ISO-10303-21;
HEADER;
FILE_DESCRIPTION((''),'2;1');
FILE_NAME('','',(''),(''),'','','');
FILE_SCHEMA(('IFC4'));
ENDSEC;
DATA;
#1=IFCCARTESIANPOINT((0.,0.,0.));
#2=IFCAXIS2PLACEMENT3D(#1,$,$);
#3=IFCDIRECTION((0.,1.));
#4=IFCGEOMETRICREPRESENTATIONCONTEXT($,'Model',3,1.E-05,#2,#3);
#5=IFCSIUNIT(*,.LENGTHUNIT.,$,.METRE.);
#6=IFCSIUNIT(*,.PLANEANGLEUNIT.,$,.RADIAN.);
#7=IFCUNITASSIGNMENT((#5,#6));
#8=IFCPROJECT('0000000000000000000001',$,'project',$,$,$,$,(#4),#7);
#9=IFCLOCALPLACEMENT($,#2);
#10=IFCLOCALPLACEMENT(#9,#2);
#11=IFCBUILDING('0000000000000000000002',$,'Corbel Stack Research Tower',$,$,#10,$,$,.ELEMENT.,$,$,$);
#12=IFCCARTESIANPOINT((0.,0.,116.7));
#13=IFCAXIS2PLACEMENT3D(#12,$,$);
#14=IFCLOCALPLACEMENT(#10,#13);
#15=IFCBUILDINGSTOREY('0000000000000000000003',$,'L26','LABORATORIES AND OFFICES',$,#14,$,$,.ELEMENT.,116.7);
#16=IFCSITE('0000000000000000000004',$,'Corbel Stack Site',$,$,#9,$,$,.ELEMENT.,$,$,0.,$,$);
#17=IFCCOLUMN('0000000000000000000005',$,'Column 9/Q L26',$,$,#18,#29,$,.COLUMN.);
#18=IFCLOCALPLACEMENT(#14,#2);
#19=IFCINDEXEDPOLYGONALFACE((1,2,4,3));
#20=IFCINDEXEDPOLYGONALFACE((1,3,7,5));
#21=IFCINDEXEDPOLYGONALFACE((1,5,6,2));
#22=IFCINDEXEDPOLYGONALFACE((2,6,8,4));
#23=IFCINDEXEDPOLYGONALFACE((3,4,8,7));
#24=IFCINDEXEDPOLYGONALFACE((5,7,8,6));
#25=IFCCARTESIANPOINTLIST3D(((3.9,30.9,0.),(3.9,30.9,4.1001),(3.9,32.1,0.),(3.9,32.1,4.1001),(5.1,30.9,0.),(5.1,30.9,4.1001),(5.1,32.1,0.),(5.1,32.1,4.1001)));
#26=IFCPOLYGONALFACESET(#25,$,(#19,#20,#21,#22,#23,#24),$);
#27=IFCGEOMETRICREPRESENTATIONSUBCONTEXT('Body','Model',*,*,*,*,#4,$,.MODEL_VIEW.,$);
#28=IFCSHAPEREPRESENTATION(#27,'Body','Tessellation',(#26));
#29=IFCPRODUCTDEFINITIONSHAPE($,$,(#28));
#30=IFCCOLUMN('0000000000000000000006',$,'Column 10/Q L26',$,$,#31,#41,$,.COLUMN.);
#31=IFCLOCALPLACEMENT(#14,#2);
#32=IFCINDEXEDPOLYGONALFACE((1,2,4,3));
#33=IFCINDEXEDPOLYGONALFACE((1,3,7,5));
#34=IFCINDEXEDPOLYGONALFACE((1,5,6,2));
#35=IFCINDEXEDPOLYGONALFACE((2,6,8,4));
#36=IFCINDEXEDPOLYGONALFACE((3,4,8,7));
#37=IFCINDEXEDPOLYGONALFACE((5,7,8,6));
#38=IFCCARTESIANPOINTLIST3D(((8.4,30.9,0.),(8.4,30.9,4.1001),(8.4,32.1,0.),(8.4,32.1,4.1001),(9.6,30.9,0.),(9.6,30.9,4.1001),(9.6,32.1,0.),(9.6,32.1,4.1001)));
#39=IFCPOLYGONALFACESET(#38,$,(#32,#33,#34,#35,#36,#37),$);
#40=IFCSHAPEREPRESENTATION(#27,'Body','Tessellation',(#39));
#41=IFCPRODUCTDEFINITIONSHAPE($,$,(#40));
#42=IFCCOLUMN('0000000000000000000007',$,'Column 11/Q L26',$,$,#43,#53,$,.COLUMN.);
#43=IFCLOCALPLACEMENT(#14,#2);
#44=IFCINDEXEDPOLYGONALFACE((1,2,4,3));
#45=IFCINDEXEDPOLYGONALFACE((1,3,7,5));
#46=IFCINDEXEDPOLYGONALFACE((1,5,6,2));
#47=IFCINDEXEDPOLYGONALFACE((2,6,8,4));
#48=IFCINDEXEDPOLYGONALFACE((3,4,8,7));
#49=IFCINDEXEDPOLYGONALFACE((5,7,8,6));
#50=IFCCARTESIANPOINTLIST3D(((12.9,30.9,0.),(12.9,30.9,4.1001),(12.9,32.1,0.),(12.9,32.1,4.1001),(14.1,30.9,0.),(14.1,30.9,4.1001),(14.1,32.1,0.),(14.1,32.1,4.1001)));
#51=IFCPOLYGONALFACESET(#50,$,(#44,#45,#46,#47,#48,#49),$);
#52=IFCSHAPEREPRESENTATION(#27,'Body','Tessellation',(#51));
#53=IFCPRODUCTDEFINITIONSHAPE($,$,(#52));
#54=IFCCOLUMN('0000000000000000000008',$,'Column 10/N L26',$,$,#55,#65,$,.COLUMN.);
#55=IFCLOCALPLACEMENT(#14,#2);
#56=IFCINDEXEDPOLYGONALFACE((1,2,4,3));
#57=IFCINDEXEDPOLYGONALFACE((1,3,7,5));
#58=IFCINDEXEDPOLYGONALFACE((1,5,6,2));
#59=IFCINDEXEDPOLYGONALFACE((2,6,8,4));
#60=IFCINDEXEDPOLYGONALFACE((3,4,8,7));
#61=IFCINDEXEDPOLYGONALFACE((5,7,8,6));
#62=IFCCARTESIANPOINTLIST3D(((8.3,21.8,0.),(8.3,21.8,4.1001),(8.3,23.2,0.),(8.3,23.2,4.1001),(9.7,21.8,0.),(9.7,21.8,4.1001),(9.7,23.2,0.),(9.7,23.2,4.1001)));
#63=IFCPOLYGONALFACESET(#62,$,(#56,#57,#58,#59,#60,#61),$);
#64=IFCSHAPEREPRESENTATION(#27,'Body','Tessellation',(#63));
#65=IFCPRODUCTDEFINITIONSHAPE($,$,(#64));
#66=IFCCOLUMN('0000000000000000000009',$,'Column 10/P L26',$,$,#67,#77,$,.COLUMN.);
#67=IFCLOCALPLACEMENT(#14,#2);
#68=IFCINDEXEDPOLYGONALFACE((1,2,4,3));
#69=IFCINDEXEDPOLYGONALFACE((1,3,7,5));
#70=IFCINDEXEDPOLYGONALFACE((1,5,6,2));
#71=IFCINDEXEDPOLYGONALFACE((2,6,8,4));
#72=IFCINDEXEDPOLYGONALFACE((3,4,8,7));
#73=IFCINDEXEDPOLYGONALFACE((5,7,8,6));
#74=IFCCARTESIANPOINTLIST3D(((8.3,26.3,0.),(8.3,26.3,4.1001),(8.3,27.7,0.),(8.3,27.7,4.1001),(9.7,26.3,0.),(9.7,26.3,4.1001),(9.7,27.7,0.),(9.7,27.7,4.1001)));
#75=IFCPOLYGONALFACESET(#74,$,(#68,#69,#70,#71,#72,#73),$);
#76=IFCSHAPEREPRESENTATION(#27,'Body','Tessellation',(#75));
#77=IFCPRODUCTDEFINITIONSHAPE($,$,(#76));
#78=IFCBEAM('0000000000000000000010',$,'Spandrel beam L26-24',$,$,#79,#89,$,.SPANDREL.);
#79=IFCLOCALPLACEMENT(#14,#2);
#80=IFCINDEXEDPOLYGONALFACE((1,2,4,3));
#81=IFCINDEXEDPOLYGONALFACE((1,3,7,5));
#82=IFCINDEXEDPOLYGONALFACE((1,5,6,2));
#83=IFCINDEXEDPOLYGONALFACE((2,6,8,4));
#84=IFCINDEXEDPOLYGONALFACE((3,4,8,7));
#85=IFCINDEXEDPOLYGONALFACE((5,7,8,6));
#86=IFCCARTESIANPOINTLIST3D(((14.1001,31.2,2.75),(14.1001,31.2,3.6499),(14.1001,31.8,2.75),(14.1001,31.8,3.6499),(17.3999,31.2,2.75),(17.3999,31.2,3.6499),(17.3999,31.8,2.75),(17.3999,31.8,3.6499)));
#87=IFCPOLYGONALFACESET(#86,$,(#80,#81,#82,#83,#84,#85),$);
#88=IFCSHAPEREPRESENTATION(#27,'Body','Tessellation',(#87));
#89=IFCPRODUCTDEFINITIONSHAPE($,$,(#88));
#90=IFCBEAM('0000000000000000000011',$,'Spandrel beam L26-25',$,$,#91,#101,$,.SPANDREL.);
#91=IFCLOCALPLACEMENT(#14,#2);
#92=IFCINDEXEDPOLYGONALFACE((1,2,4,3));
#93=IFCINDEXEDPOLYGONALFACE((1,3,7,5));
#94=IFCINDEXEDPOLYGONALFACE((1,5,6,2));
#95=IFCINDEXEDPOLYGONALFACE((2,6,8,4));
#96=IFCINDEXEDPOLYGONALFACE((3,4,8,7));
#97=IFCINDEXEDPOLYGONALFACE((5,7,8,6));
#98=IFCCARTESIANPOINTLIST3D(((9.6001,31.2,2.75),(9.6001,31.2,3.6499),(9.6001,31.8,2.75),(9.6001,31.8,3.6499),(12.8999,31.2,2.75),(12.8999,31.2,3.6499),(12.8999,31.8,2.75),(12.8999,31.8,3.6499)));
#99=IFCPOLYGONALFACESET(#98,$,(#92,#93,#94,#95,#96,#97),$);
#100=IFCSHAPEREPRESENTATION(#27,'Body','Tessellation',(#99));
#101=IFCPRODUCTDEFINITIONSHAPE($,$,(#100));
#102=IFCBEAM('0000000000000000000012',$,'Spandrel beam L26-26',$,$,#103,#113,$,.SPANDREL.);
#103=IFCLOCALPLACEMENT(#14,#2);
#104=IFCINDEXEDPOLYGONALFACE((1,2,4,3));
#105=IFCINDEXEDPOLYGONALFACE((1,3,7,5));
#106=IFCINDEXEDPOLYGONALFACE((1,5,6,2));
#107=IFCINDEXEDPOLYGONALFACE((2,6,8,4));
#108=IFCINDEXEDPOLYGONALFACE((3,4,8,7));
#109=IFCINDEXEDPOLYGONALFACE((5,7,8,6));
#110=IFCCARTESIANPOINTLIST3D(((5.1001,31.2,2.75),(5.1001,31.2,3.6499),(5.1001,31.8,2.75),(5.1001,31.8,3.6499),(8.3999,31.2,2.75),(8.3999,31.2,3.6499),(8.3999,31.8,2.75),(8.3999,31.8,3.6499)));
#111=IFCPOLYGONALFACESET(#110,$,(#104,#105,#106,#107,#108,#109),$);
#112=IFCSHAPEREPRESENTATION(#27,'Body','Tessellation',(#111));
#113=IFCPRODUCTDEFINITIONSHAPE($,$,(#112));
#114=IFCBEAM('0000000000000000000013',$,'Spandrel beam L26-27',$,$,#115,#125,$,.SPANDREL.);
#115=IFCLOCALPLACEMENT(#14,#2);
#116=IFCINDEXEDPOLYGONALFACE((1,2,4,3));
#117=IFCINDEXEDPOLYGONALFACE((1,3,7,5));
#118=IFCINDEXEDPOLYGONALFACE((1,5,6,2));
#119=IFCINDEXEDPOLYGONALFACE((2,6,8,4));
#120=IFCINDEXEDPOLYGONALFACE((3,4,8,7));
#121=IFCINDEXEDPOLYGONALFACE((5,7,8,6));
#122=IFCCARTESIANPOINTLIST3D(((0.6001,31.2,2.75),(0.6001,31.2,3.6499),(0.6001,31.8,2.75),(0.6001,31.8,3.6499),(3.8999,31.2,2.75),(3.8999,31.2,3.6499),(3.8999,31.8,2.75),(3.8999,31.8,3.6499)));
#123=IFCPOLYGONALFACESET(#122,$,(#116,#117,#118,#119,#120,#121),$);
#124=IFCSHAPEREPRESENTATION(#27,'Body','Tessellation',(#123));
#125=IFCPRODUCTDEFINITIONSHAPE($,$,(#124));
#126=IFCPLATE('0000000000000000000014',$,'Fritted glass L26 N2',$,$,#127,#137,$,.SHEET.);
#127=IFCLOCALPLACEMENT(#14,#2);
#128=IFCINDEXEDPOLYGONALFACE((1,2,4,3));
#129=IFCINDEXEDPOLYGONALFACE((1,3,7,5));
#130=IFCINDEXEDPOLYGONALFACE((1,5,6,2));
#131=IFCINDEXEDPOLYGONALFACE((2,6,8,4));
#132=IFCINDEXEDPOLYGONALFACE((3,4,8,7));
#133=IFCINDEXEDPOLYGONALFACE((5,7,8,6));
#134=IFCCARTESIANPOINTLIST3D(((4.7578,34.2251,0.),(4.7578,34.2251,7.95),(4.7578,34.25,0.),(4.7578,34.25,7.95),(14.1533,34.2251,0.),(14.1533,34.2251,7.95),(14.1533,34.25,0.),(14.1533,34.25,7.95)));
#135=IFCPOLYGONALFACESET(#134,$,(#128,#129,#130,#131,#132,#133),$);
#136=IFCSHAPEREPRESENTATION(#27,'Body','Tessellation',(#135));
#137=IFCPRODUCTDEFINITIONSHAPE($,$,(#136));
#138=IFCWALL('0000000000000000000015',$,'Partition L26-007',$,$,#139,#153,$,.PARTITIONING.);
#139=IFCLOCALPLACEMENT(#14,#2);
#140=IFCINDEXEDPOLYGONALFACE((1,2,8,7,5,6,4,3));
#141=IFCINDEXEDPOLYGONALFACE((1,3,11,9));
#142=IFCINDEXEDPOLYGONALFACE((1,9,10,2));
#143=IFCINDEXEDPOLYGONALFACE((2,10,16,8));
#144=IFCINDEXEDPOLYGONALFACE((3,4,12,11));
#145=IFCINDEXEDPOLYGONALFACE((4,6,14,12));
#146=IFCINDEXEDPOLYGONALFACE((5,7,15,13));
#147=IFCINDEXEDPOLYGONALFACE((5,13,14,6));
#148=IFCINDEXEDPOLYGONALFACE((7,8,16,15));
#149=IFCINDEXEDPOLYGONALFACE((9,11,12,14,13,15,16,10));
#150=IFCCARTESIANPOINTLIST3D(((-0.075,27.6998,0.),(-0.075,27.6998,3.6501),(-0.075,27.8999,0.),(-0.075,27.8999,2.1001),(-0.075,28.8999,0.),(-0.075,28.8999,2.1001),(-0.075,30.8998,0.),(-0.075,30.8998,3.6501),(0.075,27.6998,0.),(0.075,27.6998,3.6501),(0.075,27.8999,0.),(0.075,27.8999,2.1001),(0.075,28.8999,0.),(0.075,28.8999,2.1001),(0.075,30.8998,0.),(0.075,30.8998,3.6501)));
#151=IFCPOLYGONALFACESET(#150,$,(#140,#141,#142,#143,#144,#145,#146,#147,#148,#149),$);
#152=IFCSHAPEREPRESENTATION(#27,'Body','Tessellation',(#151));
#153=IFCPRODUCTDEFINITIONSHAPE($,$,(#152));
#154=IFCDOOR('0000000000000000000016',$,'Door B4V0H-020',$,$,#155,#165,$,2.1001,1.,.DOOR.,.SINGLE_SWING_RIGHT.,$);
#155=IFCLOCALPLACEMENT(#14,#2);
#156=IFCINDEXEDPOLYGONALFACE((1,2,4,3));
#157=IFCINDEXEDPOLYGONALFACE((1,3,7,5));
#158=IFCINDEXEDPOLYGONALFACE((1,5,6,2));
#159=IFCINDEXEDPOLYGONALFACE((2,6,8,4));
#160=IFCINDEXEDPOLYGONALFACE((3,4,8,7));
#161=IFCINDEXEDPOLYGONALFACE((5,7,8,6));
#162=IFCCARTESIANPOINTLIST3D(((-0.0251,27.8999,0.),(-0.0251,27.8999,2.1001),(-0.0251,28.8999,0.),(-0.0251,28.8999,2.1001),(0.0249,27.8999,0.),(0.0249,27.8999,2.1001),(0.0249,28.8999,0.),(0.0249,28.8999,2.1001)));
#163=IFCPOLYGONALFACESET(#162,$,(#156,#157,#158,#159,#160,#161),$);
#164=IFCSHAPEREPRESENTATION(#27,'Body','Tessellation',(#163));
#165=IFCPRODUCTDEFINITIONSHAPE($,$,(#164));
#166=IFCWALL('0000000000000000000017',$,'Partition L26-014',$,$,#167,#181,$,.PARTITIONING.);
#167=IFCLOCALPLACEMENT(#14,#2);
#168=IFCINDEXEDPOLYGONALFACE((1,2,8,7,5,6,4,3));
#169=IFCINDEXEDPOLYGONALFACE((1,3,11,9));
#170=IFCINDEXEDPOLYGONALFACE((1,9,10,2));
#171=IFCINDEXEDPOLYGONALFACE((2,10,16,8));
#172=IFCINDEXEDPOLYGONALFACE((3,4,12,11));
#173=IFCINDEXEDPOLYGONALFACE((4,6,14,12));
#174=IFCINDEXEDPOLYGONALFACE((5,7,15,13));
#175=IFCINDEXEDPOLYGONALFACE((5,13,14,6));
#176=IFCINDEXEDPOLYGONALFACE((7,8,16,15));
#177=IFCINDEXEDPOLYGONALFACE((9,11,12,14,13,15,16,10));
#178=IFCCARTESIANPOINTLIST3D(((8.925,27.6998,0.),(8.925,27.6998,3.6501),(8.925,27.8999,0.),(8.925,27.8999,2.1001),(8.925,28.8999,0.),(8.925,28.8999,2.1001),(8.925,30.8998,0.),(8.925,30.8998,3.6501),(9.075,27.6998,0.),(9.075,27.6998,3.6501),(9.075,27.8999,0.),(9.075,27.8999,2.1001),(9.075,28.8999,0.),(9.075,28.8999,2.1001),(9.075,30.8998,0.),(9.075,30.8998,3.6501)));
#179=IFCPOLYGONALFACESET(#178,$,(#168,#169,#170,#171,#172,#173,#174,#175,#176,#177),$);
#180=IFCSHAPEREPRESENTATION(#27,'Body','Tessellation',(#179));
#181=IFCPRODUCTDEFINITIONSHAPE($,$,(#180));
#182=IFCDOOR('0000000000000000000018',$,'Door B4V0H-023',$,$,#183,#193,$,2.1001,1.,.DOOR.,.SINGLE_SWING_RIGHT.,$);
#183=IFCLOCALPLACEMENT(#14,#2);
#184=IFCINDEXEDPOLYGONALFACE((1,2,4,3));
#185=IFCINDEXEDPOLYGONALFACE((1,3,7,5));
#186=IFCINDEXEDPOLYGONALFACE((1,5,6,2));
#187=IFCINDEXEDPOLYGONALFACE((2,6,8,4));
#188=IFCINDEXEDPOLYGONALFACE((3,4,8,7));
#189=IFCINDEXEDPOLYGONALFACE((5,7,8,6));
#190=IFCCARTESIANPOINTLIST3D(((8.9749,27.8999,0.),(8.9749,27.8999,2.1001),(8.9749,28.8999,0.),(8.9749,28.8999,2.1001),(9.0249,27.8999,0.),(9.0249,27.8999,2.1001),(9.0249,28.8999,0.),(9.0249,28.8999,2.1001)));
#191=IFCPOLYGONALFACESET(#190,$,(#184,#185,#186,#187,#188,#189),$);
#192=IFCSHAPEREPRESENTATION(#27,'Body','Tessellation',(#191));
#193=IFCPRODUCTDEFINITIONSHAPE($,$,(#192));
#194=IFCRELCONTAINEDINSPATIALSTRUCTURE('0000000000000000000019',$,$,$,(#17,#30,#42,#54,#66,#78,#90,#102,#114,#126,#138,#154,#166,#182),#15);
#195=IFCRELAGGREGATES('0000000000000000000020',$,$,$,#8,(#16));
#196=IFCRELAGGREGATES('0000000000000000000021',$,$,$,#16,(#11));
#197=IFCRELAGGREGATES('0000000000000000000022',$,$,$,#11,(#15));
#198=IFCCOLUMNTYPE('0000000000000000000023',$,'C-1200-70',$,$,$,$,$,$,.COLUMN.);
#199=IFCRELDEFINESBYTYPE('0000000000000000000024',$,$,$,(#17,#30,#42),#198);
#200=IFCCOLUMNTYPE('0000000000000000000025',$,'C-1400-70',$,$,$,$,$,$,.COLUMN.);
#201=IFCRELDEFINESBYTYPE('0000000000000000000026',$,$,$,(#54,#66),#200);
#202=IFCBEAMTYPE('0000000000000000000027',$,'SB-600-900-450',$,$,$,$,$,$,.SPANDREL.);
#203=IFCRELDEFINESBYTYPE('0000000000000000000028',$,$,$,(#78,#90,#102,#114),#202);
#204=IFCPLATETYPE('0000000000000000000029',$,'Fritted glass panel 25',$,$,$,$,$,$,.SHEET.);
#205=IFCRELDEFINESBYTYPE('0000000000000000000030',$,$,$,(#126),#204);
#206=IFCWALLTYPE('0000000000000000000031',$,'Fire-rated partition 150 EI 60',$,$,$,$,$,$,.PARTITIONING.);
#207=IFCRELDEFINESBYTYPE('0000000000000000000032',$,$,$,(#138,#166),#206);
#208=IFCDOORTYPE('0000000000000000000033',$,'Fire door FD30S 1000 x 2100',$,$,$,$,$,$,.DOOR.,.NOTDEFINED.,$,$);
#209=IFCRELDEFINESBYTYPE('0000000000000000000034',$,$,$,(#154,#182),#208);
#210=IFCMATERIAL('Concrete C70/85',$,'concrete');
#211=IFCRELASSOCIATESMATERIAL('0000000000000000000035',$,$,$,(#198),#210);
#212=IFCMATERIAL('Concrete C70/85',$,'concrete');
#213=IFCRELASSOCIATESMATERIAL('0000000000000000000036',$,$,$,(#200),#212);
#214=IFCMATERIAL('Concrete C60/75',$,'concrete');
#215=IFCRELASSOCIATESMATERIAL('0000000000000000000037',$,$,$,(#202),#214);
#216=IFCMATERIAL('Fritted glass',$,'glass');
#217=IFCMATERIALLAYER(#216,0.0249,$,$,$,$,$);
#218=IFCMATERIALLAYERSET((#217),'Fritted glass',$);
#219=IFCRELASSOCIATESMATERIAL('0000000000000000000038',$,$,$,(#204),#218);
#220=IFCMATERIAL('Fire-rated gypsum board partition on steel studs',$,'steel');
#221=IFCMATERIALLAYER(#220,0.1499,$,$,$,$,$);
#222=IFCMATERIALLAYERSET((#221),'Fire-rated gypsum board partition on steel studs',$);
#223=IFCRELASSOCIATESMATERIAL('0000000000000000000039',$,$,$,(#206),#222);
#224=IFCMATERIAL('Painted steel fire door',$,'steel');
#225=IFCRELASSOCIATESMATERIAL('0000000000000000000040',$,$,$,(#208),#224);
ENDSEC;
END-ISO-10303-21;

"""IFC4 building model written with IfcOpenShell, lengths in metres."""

from ifc_helpers import new_model, si_unit, direction, frame, frame_2d, origin, origin_2d, place, context, subcontext, project, spatial, rectangle, extrude, material, layer, layer_set, material_profile, profile_set, type_object, element, fill, save


model = new_model("IFC4")

# Units and contexts
model_context = context("Model", 3, precision=1e-05, world=origin(), true_north=direction((0.0, 1.0)))
body_context = subcontext(model_context, "Body", "Model", "MODEL_VIEW")
ifc_project = project(units=[si_unit("LENGTHUNIT", "METRE"), si_unit("PLANEANGLEUNIT", "RADIAN")], contexts=[model_context])

# Site, building, storey
site_placement = place(None, origin())
site = spatial("IfcSite", under=ifc_project, at=site_placement, Name="Corbel Stack Site", CompositionType="ELEMENT", RefElevation=0.0)
building_placement = place(site_placement, origin())
building = spatial("IfcBuilding", under=site, at=building_placement, Name="Corbel Stack Research Tower", CompositionType="ELEMENT")
storey_placement = place(building_placement, frame((0.0, 0.0, 116.7)))
storey = spatial("IfcBuildingStorey", under=building, at=storey_placement, Name="L26", Description="LABORATORIES AND OFFICES", CompositionType="ELEMENT", Elevation=116.7)

# Columns
ifc_material_1 = material(Name="Concrete C70/85", Category="concrete")
ifc_material_profile_1 = material_profile(ifc_material_1, rectangle(XDim=1.2, YDim=1.2, at=origin_2d()), Name="RC 1200 x 1200")
ifc_profile_set_1 = profile_set([ifc_material_profile_1], Name="Concrete C70/85")
column_type_1 = type_object("IfcColumnType", Name="C-1200-70", PredefinedType="COLUMN", material=ifc_profile_set_1)
for number, where, z_axis, x_axis, name in (
    (1, (4.5, 31.5, 0.0), (0.0, 0.0, 1.0), (1.0, 0.0, 0.0), "Column 9/Q L26"),
    (2, (9.0, 31.5, 0.0), (0.0, 0.0, 1.0), (1.0, 0.0, 0.0), "Column 10/Q L26"),
    (3, (13.5, 31.5, 0.0), (0.0, 0.0, 1.0), (1.0, 0.0, 0.0), "Column 11/Q L26"),
):
    element("IfcColumn", number, at=place(storey_placement, frame(where, z_axis=z_axis, x_axis=x_axis)), inside=storey, type_object=column_type_1, Name=name, PredefinedType="COLUMN", context=body_context, shape_type="SweptSolid", body=[
        extrude(rectangle(XDim=1.2, YDim=1.2, at=origin_2d()), origin(), (0.0, 0.0, 1.0), 4.1001),
    ])
ifc_material_2 = material(Name="Concrete C70/85", Category="concrete")
ifc_material_profile_2 = material_profile(ifc_material_2, rectangle(XDim=1.3999, YDim=1.3999, at=origin_2d()), Name="RC 1400 x 1400")
ifc_profile_set_2 = profile_set([ifc_material_profile_2], Name="Concrete C70/85")
column_type_2 = type_object("IfcColumnType", Name="C-1400-70", PredefinedType="COLUMN", material=ifc_profile_set_2)
for number, where, z_axis, x_axis, name in (
    (4, (9.0, 22.5, 0.0), (0.0, 0.0, 1.0), (1.0, 0.0, 0.0), "Column 10/N L26"),
    (5, (9.0, 27.0, 0.0), (0.0, 0.0, 1.0), (1.0, 0.0, 0.0), "Column 10/P L26"),
):
    element("IfcColumn", number, at=place(storey_placement, frame(where, z_axis=z_axis, x_axis=x_axis)), inside=storey, type_object=column_type_2, Name=name, PredefinedType="COLUMN", context=body_context, shape_type="SweptSolid", body=[
        extrude(rectangle(XDim=1.3999, YDim=1.3999, at=origin_2d()), origin(), (0.0, 0.0, 1.0), 4.1001),
    ])

# Beams
ifc_material_3 = material(Name="Concrete C60/75", Category="concrete")
ifc_material_profile_3 = material_profile(ifc_material_3, rectangle(XDim=0.6001, YDim=0.8999, at=origin_2d()), Name="RC 600 x 900")
ifc_profile_set_3 = profile_set([ifc_material_profile_3], Name="Concrete C60/75")
beam_type = type_object("IfcBeamType", Name="SB-600-900-450", PredefinedType="SPANDREL", material=ifc_profile_set_3)
for number, where, z_axis, x_axis, name in (
    (6, (17.3999, 31.5, 3.2), (-1.0, 0.0, 0.0), (0.0, -1.0, 0.0), "Spandrel beam L26-24"),
    (7, (12.8999, 31.5, 3.2), (-1.0, 0.0, 0.0), (0.0, -1.0, 0.0), "Spandrel beam L26-25"),
    (8, (8.3999, 31.5, 3.2), (-1.0, 0.0, 0.0), (0.0, -1.0, 0.0), "Spandrel beam L26-26"),
    (9, (3.8999, 31.5, 3.2), (-1.0, 0.0, 0.0), (0.0, -1.0, 0.0), "Spandrel beam L26-27"),
):
    element("IfcBeam", number, at=place(storey_placement, frame(where, z_axis=z_axis, x_axis=x_axis)), inside=storey, type_object=beam_type, Name=name, PredefinedType="SPANDREL", context=body_context, shape_type="SweptSolid", body=[
        extrude(rectangle(XDim=0.6001, YDim=0.8999, at=origin_2d()), origin(), (0.0, 0.0, 1.0), 3.2998),
    ])

# Plate
ifc_material_4 = material(Name="Fritted glass", Category="glass")
ifc_layer_1 = layer(ifc_material_4, 0.0249)
ifc_layer_set_1 = layer_set([ifc_layer_1], Name="Fritted glass")
plate_type = type_object("IfcPlateType", Name="Fritted glass panel 25", PredefinedType="SHEET", material=ifc_layer_set_1)
plate_placement = place(storey_placement, frame((9.4556, 34.2375, 0.0), z_axis=(0.0, 0.0, 1.0), x_axis=(-1.0, 0.0, 0.0)))
element("IfcPlate", 10, at=plate_placement, inside=storey, type_object=plate_type, Name="Fritted glass L26 N2", PredefinedType="SHEET", context=body_context, shape_type="SweptSolid", body=[
    extrude(rectangle(XDim=9.3955, YDim=0.0249, at=origin_2d()), origin(), (0.0, 0.0, 1.0), 7.95),
])

# Walls, openings, doors
ifc_material_5 = material(Name="Fire-rated gypsum board partition on steel studs", Category="steel")
ifc_layer_2 = layer(ifc_material_5, 0.1499)
ifc_layer_set_2 = layer_set([ifc_layer_2], Name="Fire-rated gypsum board partition on steel studs")
wall_type_1 = type_object("IfcWallType", Name="Fire-rated partition 150 EI 60", PredefinedType="PARTITIONING", material=ifc_layer_set_2)
wall_1_placement = place(storey_placement, frame((0.0, 30.8999, 0.0), z_axis=(0.0, 0.0, 1.0), x_axis=(0.0, -1.0, 0.0)))
wall_1 = element("IfcWall", 11, at=wall_1_placement, inside=storey, type_object=wall_type_1, Name="Partition L26-007", PredefinedType="PARTITIONING", context=body_context, shape_type="SweptSolid", body=[
    extrude(rectangle(XDim=3.2, YDim=0.1499, at=frame_2d((1.6001, 0.0))), origin(), (0.0, 0.0, 1.0), 3.6501),
])
opening_1_placement = place(wall_1_placement, frame((2.0, 0.0, 0.0)))
opening_1 = element("IfcOpeningElement", 12, at=opening_1_placement, cuts=wall_1, PredefinedType="OPENING", context=body_context, shape_type="SweptSolid", body=[
    extrude(rectangle(XDim=1.0, YDim=2.1001, at=frame_2d((0.5, 1.05))), frame((0.0, 0.085, 0.0), z_axis=(0.0, -1.0, 0.0), x_axis=(1.0, 0.0, 0.0)), (0.0, 0.0, 1.0), 0.1699),
])
ifc_material_6 = material(Name="Painted steel fire door", Category="steel")
door_type_1 = type_object("IfcDoorType", Name="Fire door FD30S 1000 x 2100", OperationType="NOTDEFINED", PredefinedType="DOOR", material=ifc_material_6)
door_1_placement = place(opening_1_placement, origin())
door_1 = element("IfcDoor", 13, at=door_1_placement, inside=storey, type_object=door_type_1, Name="Door B4V0H-020", OperationType="SINGLE_SWING_RIGHT", OverallHeight=2.1001, OverallWidth=1.0, PredefinedType="DOOR", context=body_context, shape_type="SweptSolid", body=[
    extrude(rectangle(XDim=1.0, YDim=2.1001, at=frame_2d((0.5, 1.05))), frame((0.0, 0.0249, 0.0), z_axis=(0.0, -1.0, 0.0), x_axis=(1.0, 0.0, 0.0)), (0.0, 0.0, 1.0), 0.05),
])
fill(opening_1, door_1)
wall_2_placement = place(storey_placement, frame((9.0, 30.8999, 0.0), z_axis=(0.0, 0.0, 1.0), x_axis=(0.0, -1.0, 0.0)))
wall_2 = element("IfcWall", 14, at=wall_2_placement, inside=storey, type_object=wall_type_1, Name="Partition L26-014", PredefinedType="PARTITIONING", context=body_context, shape_type="SweptSolid", body=[
    extrude(rectangle(XDim=3.2, YDim=0.1499, at=frame_2d((1.6001, 0.0))), origin(), (0.0, 0.0, 1.0), 3.6501),
])
opening_2_placement = place(wall_2_placement, frame((2.0, 0.0, 0.0)))
opening_2 = element("IfcOpeningElement", 15, at=opening_2_placement, cuts=wall_2, PredefinedType="OPENING", context=body_context, shape_type="SweptSolid", body=[
    extrude(rectangle(XDim=1.0, YDim=2.1001, at=frame_2d((0.5, 1.05))), frame((0.0, 0.085, 0.0), z_axis=(0.0, -1.0, 0.0), x_axis=(1.0, 0.0, 0.0)), (0.0, 0.0, 1.0), 0.1699),
])
door_2_placement = place(opening_2_placement, origin())
door_2 = element("IfcDoor", 16, at=door_2_placement, inside=storey, type_object=door_type_1, Name="Door B4V0H-023", OperationType="SINGLE_SWING_RIGHT", OverallHeight=2.1001, OverallWidth=1.0, PredefinedType="DOOR", context=body_context, shape_type="SweptSolid", body=[
    extrude(rectangle(XDim=1.0, YDim=2.1001, at=frame_2d((0.5, 1.05))), frame((0.0, 0.0249, 0.0), z_axis=(0.0, -1.0, 0.0), x_axis=(1.0, 0.0, 0.0)), (0.0, 0.0, 1.0), 0.05),
])
fill(opening_2, door_2)

save(model, "model.ifc")
